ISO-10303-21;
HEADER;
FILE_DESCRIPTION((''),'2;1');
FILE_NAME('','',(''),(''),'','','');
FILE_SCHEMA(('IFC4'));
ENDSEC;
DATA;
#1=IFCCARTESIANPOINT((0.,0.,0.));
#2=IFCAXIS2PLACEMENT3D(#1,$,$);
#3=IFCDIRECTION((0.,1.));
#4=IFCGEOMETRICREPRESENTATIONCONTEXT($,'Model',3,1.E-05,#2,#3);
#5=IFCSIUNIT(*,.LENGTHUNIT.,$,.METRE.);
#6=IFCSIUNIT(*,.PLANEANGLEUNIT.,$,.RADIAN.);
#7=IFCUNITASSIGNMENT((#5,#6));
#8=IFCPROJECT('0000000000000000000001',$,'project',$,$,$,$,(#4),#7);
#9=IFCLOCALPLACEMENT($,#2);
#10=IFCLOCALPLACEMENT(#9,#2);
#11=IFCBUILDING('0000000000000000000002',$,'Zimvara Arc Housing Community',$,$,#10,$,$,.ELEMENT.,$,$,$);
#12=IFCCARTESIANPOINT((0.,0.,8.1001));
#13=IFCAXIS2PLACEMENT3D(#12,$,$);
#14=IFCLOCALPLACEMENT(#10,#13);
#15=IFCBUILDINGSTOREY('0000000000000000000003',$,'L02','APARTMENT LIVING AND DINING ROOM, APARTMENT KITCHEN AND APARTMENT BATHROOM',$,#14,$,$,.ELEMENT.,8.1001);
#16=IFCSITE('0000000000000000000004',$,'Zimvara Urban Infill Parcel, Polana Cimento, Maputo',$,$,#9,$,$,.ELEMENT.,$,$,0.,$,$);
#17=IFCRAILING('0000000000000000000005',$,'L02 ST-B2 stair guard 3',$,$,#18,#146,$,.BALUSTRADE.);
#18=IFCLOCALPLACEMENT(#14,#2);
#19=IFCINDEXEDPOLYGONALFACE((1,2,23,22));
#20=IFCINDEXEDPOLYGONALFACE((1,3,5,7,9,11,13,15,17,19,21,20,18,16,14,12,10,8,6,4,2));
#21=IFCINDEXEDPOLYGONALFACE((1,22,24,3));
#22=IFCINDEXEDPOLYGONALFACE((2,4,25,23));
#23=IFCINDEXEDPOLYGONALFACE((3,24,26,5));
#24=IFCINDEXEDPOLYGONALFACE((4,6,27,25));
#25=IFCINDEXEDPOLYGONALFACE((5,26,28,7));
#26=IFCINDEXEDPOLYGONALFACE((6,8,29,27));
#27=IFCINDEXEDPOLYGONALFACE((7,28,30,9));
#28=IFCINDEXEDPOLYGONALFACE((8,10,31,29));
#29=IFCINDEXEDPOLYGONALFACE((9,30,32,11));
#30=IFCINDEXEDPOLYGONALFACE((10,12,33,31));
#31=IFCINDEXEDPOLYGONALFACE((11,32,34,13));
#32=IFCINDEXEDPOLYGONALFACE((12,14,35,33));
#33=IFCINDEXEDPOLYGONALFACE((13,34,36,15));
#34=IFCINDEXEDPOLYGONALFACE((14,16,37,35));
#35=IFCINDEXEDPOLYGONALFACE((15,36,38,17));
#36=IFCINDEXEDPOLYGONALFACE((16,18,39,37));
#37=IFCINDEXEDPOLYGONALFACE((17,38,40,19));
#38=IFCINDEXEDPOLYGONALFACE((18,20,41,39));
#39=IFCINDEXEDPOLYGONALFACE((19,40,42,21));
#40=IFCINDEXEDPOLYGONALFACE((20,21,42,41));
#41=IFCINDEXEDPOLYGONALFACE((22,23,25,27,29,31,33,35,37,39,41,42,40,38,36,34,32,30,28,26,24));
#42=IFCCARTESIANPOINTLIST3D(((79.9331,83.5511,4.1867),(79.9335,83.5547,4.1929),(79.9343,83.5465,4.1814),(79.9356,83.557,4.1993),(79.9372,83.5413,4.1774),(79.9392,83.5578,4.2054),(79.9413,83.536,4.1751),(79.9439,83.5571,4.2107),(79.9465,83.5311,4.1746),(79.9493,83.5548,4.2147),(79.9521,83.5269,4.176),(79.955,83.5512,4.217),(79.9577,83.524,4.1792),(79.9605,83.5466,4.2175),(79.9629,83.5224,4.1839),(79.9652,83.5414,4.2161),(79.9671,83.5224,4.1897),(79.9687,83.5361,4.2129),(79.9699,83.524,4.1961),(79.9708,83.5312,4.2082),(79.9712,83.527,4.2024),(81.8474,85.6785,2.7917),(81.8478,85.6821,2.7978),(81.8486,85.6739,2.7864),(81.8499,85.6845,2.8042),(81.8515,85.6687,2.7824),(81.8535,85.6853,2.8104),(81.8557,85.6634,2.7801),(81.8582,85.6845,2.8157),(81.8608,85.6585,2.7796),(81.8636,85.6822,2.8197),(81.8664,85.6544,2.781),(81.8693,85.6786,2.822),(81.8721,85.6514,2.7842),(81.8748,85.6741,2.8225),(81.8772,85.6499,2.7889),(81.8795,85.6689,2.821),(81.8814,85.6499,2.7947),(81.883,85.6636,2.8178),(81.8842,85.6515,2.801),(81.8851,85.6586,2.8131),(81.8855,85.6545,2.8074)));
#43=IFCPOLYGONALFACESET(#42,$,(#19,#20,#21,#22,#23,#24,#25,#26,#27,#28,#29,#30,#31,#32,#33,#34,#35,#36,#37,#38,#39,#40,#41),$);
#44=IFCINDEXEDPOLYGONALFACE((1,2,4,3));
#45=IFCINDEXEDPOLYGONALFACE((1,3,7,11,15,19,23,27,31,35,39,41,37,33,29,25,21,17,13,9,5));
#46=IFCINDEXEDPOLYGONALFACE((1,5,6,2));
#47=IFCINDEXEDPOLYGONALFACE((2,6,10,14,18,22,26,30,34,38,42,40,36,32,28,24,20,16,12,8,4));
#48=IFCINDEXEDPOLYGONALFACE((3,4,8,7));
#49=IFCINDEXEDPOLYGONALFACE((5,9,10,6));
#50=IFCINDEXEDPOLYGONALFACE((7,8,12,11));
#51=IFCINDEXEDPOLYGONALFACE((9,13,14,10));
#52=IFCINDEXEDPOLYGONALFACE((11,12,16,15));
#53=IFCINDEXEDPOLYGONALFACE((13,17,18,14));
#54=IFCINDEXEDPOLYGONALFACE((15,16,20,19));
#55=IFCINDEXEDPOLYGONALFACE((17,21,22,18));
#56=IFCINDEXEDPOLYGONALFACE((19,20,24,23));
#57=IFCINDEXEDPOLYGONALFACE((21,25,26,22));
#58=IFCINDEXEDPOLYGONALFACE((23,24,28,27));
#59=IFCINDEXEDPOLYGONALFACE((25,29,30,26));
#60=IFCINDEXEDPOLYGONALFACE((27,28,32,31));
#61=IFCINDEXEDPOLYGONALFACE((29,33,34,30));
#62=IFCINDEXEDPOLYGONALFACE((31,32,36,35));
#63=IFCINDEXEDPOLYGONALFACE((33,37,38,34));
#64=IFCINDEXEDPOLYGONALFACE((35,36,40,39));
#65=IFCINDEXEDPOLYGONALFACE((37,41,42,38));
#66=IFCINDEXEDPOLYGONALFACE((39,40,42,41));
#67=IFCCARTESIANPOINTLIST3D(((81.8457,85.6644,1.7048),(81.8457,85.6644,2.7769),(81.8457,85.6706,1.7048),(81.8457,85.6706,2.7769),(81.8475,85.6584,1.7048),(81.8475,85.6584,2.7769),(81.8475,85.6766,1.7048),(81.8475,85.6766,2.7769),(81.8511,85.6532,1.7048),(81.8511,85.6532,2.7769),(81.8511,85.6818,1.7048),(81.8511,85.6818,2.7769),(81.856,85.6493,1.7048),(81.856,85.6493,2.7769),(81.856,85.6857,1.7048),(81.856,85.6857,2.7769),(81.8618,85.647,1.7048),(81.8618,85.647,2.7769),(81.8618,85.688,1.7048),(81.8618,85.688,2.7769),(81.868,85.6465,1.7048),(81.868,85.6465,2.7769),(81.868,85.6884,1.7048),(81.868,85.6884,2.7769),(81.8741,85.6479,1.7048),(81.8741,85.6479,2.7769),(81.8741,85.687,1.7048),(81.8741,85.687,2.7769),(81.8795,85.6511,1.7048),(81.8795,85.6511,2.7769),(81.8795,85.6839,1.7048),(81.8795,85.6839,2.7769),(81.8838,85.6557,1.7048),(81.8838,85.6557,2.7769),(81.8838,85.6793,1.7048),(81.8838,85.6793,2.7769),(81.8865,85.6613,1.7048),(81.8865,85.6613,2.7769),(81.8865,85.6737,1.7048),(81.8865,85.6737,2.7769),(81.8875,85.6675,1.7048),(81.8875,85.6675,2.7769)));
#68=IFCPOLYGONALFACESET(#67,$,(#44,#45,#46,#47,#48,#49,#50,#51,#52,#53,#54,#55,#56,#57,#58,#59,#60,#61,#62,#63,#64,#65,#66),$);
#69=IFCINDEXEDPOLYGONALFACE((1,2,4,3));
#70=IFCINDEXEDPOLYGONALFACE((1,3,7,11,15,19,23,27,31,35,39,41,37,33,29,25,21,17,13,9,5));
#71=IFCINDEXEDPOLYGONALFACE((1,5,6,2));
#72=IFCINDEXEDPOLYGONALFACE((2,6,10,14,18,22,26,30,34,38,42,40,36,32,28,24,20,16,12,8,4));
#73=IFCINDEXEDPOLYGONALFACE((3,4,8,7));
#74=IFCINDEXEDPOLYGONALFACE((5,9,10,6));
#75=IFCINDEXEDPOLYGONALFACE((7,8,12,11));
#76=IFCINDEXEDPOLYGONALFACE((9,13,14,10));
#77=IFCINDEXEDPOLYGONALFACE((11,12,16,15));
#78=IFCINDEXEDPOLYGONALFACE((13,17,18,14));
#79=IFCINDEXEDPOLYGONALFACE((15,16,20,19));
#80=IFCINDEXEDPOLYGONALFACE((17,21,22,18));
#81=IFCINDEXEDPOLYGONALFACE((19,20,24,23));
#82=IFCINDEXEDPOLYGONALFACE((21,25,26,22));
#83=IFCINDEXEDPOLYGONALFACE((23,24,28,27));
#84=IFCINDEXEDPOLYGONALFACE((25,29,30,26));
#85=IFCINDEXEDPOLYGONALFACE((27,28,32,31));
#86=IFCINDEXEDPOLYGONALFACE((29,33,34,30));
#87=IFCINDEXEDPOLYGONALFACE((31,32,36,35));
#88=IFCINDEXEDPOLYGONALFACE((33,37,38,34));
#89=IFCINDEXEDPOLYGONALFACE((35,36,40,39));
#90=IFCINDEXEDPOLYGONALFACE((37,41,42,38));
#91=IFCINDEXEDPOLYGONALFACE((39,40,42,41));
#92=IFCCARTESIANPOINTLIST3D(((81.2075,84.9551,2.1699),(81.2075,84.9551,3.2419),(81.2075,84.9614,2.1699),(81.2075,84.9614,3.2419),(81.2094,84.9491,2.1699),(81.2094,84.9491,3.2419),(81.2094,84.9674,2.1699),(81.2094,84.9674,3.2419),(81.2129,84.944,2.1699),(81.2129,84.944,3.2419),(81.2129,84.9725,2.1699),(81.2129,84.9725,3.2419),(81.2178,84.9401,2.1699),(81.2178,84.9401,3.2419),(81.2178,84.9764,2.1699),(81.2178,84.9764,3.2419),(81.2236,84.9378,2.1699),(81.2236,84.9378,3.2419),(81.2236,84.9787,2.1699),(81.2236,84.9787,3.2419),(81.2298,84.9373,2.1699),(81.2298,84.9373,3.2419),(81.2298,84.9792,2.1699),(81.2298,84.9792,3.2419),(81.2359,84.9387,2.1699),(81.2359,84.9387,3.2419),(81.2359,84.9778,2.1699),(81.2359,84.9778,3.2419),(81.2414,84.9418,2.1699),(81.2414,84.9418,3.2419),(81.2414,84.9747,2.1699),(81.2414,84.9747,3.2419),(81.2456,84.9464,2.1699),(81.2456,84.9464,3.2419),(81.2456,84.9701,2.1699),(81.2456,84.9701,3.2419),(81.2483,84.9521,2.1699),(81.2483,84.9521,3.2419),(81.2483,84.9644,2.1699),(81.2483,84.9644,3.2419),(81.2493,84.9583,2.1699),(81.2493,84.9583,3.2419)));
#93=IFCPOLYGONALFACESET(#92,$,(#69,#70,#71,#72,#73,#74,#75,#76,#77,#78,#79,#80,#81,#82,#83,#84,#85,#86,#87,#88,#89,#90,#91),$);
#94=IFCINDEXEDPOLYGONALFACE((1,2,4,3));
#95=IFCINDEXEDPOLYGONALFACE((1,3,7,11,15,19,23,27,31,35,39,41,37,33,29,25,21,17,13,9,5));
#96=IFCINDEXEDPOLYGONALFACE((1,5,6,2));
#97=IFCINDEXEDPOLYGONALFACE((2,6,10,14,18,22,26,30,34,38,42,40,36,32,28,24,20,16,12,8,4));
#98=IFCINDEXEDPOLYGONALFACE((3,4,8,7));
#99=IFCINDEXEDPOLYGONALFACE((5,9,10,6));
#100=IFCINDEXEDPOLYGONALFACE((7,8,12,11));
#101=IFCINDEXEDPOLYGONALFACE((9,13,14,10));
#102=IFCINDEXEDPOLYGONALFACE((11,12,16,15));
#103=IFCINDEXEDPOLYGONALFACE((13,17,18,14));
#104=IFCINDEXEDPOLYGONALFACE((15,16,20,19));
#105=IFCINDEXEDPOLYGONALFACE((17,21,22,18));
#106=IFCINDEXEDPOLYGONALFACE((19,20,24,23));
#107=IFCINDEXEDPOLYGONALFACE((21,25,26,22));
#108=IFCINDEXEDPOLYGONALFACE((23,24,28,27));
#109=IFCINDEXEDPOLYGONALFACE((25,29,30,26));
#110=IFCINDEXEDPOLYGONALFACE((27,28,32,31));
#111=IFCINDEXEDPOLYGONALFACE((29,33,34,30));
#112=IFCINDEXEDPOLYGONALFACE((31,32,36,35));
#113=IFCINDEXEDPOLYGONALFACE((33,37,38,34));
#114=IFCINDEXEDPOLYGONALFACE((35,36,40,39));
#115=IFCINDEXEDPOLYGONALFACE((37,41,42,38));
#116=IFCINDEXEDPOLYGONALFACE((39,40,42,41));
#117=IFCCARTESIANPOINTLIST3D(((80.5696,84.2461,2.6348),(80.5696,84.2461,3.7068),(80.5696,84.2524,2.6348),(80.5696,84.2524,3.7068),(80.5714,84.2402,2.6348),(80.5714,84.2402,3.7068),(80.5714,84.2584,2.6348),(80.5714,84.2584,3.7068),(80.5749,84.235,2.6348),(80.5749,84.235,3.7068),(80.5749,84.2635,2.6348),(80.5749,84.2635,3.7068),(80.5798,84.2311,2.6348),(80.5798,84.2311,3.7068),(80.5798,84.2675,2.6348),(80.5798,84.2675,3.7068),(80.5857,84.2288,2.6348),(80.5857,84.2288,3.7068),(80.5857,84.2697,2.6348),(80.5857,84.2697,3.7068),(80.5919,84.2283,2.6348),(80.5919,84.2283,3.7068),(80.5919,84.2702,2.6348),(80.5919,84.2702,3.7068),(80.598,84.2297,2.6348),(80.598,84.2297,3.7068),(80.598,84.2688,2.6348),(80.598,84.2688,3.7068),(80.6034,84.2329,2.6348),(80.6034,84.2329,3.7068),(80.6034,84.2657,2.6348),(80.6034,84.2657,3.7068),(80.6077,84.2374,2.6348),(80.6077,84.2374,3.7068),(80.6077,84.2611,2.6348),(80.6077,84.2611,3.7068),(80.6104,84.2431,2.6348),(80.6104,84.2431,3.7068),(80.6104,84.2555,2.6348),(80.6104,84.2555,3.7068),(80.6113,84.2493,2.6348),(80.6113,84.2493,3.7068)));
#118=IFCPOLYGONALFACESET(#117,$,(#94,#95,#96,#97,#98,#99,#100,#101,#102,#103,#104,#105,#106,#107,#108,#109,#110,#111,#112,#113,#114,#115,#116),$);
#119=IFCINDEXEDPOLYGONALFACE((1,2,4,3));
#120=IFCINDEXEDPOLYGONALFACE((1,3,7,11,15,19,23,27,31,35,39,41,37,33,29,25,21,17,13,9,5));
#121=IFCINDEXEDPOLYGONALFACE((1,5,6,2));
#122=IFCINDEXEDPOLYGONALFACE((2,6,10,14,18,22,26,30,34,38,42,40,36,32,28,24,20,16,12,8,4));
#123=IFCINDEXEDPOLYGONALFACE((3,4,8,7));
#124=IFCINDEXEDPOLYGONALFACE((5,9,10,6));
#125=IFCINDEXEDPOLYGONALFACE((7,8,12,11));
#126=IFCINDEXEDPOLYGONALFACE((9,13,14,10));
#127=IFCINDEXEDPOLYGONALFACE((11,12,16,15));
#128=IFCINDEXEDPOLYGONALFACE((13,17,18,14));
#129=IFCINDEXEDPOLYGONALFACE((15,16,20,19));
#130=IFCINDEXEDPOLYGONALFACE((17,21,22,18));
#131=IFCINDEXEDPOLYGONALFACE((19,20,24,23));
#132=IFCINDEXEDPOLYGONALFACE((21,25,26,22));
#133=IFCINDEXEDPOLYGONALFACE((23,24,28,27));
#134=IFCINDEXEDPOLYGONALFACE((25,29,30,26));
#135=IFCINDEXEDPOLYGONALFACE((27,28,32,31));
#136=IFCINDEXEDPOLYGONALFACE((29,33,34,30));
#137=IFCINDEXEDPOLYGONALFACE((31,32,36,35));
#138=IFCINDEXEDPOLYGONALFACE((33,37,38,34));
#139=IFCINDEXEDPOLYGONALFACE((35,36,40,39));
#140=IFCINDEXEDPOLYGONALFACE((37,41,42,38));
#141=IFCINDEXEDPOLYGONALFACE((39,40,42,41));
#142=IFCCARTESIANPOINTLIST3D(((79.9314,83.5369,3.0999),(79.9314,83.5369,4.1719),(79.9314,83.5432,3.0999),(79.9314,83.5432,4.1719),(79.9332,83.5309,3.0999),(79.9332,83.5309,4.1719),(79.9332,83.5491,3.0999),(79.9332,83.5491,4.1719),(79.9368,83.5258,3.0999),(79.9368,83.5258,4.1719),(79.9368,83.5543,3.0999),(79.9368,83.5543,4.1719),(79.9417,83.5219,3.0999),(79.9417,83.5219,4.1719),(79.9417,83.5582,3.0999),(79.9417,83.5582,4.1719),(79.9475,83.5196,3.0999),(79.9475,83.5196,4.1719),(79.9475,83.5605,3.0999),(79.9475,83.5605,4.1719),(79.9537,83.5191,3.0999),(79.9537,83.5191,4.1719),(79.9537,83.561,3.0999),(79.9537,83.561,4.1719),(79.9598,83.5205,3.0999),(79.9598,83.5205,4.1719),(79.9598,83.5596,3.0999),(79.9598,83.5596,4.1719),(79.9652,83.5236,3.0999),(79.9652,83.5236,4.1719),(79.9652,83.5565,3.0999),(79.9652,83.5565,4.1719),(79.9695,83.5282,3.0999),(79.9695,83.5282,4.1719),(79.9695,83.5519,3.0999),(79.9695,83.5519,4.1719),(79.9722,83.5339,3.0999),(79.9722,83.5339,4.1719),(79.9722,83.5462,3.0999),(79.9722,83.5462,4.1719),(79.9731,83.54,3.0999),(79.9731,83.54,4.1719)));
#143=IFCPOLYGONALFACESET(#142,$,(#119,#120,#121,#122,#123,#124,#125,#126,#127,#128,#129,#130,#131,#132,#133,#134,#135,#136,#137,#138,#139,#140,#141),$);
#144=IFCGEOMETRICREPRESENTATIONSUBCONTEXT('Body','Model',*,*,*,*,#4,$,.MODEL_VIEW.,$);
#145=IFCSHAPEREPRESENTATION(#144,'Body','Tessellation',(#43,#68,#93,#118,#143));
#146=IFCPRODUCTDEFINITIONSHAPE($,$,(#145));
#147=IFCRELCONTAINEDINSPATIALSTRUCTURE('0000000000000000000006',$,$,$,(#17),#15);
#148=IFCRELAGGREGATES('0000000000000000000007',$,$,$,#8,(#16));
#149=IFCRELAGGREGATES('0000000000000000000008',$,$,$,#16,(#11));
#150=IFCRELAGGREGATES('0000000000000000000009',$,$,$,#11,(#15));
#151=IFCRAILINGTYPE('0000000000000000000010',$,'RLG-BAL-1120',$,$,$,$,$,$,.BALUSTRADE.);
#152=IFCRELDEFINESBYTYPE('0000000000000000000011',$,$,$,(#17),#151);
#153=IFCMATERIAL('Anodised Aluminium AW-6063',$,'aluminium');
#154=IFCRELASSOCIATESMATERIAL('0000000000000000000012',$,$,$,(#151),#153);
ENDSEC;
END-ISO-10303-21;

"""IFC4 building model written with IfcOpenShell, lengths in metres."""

from ifc_helpers import new_model, si_unit, direction, frame, origin, origin_2d, place, context, subcontext, project, spatial, circle, extrude, material, type_object, element, save


model = new_model("IFC4")

# Units and contexts
model_context = context("Model", 3, precision=1e-05, world=origin(), true_north=direction((0.0, 1.0)))
body_context = subcontext(model_context, "Body", "Model", "MODEL_VIEW")
ifc_project = project(units=[si_unit("LENGTHUNIT", "METRE"), si_unit("PLANEANGLEUNIT", "RADIAN")], contexts=[model_context])

# Site, building, storey
site_placement = place(None, origin())
site = spatial("IfcSite", under=ifc_project, at=site_placement, Name="Zimvara Urban Infill Parcel, Polana Cimento, Maputo", CompositionType="ELEMENT", RefElevation=0.0)
building_placement = place(site_placement, origin())
building = spatial("IfcBuilding", under=site, at=building_placement, Name="Zimvara Arc Housing Community", CompositionType="ELEMENT")
storey_placement = place(building_placement, frame((0.0, 0.0, 8.1001)))
storey = spatial("IfcBuildingStorey", under=building, at=storey_placement, Name="L02", Description="APARTMENT LIVING AND DINING ROOM, APARTMENT KITCHEN AND APARTMENT BATHROOM", CompositionType="ELEMENT", Elevation=8.1001)

# Railing
ifc_material_1 = material(Name="Anodised Aluminium AW-6063", Category="aluminium")
railing_type_1 = type_object("IfcRailingType", Name="RLG-BAL-1120", PredefinedType="BALUSTRADE", material=ifc_material_1)
railing_1_placement = place(storey_placement, frame((81.8665, 85.6675, 1.7048)))
element("IfcRailing", 1, at=railing_1_placement, inside=storey, type_object=railing_type_1, Name="L02 ST-B2 stair guard 3", PredefinedType="BALUSTRADE", context=body_context, shape_type="SweptSolid", body=[
    extrude(circle(Radius=0.0239, at=origin_2d()), frame((0.0, 0.0, 1.0962), z_axis=(-0.601263, -0.668206, 0.43816), x_axis=(0.743362, -0.668889, 0.0)), (0.0, 0.0, 1.0), 3.1838),
    extrude(circle(Radius=0.021, at=origin_2d()), origin(), (0.0, 0.0, 1.0), 1.072),
    extrude(circle(Radius=0.021, at=origin_2d()), frame((-0.6382, -0.7092, 0.4651)), (0.0, 0.0, 1.0), 1.072),
    extrude(circle(Radius=0.021, at=origin_2d()), frame((-1.2761, -1.4182, 0.9299)), (0.0, 0.0, 1.0), 1.072),
    extrude(circle(Radius=0.021, at=origin_2d()), frame((-1.9143, -2.1274, 1.395)), (0.0, 0.0, 1.0), 1.072),
])

save(model, "model.ifc")
